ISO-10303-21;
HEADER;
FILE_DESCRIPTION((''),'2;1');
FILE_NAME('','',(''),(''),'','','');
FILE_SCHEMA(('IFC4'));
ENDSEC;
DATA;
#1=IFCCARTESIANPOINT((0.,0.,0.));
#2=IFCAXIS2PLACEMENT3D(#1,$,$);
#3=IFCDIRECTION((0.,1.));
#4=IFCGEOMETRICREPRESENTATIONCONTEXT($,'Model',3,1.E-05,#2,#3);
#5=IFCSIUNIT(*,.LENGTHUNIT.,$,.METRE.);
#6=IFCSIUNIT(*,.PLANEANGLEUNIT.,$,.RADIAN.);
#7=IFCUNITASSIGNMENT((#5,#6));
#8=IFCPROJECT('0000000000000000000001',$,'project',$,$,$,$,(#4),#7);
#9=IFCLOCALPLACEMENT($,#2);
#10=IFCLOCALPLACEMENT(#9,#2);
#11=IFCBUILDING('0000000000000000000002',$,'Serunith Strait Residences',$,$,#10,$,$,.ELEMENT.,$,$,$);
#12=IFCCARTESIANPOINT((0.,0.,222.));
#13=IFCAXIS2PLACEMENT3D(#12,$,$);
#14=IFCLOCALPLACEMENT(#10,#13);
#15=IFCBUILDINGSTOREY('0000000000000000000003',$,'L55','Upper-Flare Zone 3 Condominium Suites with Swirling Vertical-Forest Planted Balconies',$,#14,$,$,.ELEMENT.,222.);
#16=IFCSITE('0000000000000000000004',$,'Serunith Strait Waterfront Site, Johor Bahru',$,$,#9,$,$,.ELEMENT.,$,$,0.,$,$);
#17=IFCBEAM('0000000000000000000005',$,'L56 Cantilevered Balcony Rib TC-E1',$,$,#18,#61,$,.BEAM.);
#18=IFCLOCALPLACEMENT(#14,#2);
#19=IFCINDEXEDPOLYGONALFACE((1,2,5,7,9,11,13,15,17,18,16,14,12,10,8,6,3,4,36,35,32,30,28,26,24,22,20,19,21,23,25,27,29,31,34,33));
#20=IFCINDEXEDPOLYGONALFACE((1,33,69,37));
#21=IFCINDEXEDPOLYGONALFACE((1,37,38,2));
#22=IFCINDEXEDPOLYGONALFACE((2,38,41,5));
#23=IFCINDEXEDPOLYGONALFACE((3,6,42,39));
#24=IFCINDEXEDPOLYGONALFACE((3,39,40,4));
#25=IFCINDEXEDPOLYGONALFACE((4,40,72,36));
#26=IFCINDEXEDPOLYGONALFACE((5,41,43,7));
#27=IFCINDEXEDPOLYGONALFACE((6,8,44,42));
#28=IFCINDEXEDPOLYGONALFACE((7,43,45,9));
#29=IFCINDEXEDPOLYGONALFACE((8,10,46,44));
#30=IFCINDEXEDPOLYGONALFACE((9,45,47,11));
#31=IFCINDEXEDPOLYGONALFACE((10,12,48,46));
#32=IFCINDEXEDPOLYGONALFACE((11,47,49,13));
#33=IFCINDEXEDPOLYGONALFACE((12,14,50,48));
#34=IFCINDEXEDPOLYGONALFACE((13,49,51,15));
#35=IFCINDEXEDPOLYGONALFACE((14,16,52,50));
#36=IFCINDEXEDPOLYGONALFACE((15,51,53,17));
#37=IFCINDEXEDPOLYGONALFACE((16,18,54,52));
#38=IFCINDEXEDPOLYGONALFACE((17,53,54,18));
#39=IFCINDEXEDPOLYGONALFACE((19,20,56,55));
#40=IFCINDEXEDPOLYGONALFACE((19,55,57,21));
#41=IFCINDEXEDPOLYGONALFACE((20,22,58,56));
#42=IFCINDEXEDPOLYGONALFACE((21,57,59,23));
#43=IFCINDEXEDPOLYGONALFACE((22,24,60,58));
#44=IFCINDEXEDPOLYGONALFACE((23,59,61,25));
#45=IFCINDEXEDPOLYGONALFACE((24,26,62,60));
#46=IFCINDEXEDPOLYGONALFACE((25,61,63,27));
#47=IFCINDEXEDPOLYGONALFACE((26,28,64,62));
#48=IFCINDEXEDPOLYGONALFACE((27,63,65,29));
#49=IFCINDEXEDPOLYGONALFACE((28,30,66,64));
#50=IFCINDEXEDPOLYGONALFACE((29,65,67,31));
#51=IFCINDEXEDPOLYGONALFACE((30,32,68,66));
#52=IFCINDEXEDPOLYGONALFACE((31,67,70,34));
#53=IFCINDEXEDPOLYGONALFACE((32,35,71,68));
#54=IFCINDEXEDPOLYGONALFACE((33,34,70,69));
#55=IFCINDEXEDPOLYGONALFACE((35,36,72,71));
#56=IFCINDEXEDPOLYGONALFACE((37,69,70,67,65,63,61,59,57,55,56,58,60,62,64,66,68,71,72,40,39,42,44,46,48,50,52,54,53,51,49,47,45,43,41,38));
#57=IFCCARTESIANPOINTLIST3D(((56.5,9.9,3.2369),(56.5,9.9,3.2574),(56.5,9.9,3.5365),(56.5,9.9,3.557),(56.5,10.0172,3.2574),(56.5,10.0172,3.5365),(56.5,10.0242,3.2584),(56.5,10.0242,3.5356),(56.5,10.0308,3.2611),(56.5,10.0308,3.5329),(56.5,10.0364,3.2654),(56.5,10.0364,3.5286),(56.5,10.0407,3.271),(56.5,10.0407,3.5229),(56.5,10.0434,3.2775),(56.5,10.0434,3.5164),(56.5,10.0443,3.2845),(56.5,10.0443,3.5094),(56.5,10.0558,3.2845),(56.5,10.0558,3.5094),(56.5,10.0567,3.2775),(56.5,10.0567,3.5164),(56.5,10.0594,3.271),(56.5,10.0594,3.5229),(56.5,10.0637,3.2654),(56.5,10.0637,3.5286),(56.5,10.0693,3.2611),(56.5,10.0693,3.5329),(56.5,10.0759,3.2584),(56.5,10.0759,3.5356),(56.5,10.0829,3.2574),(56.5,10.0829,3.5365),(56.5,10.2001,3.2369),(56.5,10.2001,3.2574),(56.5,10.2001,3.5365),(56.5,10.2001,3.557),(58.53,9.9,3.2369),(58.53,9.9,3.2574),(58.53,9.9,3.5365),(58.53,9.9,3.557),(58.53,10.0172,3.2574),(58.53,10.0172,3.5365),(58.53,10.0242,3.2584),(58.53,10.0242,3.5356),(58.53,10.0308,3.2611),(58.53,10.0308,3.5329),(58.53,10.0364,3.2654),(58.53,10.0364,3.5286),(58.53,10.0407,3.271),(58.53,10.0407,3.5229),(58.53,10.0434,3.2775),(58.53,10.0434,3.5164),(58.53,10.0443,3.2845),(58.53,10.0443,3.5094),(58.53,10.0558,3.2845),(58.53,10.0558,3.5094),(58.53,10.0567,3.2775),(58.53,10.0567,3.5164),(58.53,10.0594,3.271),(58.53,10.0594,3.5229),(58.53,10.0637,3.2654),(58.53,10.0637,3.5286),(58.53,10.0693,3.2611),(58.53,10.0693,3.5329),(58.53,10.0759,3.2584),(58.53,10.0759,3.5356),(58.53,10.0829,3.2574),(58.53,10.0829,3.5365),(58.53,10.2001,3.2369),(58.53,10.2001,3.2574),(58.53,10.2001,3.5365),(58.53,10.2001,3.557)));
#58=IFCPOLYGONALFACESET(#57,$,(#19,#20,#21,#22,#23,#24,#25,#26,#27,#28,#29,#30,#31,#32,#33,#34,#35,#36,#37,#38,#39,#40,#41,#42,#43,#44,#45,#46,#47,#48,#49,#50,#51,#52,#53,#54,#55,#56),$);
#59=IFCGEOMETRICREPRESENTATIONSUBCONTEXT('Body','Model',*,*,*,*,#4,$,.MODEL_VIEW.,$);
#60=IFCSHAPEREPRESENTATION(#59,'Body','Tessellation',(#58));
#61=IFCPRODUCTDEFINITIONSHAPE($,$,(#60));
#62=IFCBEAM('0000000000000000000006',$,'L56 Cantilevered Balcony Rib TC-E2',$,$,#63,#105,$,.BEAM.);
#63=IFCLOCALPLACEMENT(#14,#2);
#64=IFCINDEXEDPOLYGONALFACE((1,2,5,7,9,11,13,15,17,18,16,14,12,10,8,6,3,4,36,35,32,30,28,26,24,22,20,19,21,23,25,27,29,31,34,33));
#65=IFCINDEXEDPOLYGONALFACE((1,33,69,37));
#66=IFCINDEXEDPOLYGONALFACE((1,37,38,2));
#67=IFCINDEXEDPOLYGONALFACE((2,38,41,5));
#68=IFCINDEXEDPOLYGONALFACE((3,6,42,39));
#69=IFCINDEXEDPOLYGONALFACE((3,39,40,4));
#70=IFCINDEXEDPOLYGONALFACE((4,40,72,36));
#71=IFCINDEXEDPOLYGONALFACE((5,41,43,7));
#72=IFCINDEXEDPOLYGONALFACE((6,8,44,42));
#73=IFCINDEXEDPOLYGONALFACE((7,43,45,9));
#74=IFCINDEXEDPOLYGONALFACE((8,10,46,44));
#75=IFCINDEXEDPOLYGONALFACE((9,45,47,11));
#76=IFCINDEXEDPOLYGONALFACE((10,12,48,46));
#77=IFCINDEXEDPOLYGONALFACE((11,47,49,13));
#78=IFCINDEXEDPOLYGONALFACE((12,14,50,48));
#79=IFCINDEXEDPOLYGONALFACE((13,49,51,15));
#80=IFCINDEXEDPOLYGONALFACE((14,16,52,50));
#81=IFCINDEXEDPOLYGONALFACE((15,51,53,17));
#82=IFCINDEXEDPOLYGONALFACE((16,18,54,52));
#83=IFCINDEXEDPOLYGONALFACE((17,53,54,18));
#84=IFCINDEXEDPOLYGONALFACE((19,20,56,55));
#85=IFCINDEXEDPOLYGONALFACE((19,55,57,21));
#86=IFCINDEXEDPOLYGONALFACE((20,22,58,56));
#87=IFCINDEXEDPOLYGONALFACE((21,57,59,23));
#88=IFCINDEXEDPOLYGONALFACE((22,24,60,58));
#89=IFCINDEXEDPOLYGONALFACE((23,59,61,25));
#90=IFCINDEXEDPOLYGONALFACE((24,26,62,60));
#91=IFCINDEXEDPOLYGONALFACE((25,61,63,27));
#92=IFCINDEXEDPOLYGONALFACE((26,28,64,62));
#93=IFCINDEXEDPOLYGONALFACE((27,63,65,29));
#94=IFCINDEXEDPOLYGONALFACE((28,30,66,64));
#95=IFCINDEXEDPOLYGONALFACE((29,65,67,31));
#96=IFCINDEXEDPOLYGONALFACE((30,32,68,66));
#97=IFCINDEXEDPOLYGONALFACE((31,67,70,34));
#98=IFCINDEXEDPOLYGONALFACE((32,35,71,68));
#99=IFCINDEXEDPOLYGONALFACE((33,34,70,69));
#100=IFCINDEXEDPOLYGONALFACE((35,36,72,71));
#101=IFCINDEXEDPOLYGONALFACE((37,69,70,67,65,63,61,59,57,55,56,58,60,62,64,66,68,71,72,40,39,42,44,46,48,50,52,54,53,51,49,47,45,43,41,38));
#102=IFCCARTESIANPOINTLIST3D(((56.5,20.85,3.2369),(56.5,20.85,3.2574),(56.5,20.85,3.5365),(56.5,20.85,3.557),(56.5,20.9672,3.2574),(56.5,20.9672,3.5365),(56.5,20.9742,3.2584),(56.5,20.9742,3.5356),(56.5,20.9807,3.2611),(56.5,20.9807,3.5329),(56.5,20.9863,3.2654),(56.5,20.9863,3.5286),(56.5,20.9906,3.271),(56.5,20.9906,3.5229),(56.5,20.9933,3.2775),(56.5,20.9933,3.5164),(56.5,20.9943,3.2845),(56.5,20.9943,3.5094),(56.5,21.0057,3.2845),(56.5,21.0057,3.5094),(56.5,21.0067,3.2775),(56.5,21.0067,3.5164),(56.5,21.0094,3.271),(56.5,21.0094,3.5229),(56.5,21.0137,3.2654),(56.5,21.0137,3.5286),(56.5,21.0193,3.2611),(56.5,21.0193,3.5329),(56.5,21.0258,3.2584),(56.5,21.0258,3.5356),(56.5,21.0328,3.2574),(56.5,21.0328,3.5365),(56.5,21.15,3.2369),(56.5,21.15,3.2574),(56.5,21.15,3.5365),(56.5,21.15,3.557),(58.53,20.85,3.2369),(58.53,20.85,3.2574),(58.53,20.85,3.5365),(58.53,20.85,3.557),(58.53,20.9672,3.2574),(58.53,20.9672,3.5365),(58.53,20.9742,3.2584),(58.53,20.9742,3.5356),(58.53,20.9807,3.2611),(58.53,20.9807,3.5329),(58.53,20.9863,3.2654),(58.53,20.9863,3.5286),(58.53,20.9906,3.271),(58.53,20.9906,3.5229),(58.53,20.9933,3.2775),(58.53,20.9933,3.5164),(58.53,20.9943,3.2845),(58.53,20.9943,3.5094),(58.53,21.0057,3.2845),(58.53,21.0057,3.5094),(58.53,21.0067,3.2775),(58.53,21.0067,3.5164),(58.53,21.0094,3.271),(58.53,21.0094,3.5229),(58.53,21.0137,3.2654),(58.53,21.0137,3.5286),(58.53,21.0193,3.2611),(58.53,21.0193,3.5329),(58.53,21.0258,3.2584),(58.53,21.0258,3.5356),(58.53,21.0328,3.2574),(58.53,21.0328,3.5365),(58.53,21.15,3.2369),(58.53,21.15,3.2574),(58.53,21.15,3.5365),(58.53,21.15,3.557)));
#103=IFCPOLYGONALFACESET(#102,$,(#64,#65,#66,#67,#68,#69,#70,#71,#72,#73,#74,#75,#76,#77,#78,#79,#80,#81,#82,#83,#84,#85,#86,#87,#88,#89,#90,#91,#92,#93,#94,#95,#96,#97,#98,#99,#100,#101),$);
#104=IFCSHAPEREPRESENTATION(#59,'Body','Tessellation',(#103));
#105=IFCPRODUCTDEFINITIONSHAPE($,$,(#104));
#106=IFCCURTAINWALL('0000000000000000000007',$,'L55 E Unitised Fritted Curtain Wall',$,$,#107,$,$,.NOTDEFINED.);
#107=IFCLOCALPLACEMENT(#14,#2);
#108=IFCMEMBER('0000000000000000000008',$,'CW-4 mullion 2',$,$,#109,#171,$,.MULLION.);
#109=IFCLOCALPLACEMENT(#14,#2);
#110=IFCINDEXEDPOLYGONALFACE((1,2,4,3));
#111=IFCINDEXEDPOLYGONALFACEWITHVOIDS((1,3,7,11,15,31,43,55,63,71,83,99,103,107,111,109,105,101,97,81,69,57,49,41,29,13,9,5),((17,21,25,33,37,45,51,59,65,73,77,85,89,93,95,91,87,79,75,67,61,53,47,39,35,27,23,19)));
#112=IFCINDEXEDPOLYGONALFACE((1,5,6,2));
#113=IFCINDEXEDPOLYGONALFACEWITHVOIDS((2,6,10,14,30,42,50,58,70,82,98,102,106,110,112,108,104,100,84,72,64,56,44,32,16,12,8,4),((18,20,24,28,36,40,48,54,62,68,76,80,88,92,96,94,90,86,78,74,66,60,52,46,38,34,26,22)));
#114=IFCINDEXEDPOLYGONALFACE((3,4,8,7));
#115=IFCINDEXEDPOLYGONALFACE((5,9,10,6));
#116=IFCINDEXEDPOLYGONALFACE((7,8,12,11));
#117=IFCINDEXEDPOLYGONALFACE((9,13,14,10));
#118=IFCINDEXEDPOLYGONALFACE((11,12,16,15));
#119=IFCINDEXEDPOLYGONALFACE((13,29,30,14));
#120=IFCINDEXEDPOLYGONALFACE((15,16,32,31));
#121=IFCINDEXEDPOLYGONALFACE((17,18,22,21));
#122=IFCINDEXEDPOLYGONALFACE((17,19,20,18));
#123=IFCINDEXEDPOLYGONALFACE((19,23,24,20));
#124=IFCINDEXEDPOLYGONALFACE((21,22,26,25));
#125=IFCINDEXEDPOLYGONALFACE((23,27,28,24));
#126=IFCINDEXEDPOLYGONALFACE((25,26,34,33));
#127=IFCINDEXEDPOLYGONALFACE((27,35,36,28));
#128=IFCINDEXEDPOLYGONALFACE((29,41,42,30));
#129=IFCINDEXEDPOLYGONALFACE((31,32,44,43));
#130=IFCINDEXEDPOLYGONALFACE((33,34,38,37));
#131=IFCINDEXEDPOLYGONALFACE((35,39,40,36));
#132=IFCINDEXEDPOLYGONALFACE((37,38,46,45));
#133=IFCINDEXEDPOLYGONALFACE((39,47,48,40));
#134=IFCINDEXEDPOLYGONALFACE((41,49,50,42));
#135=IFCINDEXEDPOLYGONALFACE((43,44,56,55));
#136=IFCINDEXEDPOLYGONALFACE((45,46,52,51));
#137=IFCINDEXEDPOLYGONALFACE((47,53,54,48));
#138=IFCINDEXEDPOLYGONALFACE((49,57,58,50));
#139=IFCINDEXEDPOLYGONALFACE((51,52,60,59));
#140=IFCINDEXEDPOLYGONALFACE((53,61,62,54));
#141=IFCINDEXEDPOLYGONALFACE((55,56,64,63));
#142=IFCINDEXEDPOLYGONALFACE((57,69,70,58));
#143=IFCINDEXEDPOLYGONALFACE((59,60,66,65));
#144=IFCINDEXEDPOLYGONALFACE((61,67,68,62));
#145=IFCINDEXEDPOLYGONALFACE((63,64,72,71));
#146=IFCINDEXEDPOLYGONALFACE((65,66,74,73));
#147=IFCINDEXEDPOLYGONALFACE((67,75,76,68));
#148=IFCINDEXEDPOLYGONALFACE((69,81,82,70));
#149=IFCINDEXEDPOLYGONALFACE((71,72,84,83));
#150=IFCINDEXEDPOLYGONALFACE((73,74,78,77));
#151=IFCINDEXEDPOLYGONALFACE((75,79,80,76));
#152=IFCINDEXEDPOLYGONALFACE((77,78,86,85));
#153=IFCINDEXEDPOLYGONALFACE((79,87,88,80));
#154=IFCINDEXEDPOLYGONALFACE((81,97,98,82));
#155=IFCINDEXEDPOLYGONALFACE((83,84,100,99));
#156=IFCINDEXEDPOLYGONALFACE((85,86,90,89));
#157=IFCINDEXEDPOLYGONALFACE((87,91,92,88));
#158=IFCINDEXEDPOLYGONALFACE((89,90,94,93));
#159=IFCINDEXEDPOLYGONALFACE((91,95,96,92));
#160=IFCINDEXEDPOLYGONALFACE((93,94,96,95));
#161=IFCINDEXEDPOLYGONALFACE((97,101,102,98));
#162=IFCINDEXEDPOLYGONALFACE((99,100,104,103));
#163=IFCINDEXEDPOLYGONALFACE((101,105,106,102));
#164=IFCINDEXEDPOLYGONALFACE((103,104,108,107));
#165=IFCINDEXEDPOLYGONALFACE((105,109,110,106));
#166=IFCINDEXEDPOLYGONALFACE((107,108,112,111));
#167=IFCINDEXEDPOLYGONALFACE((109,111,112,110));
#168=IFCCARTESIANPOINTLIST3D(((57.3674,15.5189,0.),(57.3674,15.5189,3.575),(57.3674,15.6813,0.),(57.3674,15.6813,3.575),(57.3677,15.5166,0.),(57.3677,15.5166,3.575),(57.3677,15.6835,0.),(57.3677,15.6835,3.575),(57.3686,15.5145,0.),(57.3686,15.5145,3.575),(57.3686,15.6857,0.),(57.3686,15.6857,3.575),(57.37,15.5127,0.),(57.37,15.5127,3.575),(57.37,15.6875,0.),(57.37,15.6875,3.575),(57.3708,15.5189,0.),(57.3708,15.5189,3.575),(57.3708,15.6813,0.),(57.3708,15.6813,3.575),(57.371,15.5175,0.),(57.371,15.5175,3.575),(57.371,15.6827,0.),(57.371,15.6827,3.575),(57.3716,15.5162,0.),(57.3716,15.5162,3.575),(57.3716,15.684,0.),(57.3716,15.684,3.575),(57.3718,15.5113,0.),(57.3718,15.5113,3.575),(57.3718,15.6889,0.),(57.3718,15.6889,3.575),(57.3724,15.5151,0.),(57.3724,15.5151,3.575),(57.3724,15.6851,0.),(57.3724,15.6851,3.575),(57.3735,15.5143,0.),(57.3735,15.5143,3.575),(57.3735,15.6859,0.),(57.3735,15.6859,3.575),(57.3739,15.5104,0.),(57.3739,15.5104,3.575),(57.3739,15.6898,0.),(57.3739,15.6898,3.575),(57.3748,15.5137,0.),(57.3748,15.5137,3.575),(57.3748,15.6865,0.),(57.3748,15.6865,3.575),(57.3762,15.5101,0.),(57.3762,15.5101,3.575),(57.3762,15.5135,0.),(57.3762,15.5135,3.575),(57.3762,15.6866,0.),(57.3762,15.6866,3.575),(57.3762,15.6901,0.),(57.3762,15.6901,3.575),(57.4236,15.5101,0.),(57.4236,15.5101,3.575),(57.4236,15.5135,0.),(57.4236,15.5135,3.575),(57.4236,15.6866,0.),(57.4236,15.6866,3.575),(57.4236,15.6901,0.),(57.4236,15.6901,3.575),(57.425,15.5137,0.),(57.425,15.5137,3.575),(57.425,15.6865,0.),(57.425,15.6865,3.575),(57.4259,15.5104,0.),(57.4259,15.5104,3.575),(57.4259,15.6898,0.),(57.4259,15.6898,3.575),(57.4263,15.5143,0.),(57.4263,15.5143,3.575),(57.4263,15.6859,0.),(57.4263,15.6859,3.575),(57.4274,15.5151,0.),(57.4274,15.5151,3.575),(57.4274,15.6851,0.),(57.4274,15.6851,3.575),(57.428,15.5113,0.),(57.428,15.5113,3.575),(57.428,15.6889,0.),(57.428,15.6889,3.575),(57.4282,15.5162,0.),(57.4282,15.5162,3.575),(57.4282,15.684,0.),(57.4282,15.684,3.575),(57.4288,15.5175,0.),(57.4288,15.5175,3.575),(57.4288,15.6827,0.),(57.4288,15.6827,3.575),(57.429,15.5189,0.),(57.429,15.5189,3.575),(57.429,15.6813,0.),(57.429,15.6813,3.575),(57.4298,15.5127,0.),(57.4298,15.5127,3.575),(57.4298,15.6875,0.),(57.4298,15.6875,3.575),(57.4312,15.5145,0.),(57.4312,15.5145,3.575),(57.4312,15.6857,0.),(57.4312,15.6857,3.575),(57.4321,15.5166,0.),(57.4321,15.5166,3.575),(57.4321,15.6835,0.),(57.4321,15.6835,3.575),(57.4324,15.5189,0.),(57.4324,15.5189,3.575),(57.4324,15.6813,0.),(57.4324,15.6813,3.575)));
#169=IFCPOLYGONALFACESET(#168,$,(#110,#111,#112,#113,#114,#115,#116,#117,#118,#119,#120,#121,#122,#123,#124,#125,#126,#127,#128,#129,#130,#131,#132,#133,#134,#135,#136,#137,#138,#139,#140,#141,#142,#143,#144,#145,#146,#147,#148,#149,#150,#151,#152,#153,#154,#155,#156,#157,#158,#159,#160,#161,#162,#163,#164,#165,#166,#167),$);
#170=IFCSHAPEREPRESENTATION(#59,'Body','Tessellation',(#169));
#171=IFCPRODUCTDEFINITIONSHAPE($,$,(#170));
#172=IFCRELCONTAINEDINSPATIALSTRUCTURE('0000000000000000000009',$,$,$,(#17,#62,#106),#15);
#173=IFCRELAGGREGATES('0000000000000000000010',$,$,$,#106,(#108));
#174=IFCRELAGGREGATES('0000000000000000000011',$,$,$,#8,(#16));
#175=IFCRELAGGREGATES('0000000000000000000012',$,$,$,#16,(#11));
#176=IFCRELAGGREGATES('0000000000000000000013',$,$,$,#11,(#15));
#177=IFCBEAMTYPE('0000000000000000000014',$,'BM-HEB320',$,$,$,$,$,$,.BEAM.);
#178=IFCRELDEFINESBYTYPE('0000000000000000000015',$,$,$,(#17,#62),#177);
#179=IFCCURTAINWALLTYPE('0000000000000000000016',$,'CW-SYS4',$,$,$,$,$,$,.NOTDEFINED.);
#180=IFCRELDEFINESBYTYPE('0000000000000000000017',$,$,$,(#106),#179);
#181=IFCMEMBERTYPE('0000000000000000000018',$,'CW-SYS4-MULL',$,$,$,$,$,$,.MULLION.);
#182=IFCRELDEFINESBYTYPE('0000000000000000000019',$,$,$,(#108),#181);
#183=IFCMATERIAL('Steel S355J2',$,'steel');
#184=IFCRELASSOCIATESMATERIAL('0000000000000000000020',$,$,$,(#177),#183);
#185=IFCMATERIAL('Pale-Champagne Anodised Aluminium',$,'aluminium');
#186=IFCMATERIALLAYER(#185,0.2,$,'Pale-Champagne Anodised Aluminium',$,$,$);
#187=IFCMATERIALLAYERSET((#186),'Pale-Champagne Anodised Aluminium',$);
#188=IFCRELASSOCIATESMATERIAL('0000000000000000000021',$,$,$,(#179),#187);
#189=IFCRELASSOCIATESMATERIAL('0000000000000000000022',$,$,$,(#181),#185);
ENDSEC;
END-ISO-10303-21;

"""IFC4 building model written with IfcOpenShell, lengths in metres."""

from ifc_helpers import new_model, si_unit, direction, frame, origin, origin_2d, place, context, subcontext, project, spatial, hollow_rectangle, i_section, extrude, source, transform, mapped, material, layer, layer_set, material_profile, profile_set, type_object, element, aggregate, save


model = new_model("IFC4")

# Units and contexts
model_context = context("Model", 3, precision=1e-05, world=origin(), true_north=direction((0.0, 1.0)))
body_context = subcontext(model_context, "Body", "Model", "MODEL_VIEW")
ifc_project = project(units=[si_unit("LENGTHUNIT", "METRE"), si_unit("PLANEANGLEUNIT", "RADIAN")], contexts=[model_context])

# Site, building, storey
site_placement = place(None, origin())
site = spatial("IfcSite", under=ifc_project, at=site_placement, Name="Serunith Strait Waterfront Site, Johor Bahru", CompositionType="ELEMENT", RefElevation=0.0)
building_placement = place(site_placement, origin())
building = spatial("IfcBuilding", under=site, at=building_placement, Name="Serunith Strait Residences", CompositionType="ELEMENT")
storey_placement = place(building_placement, frame((0.0, 0.0, 222.0)))
storey = spatial("IfcBuildingStorey", under=building, at=storey_placement, Name="L55", Description="Upper-Flare Zone 3 Condominium Suites with Swirling Vertical-Forest Planted Balconies", CompositionType="ELEMENT", Elevation=222.0)

# Beams
ifc_material_1 = material(Name="Steel S355J2", Category="steel")
ifc_material_profile_1 = material_profile(ifc_material_1, i_section(OverallWidth=0.3, OverallDepth=0.3201, WebThickness=0.0115, FlangeThickness=0.0205, FilletRadius=0.0271, at=origin_2d()), Name="HEB 320")
ifc_profile_set_1 = profile_set([ifc_material_profile_1], Name="Steel S355J2")
beam_type_1 = type_object("IfcBeamType", Name="BM-HEB320", PredefinedType="BEAM", material=ifc_profile_set_1)
shared_shape_1 = source(origin(), body_context, "Body", "SweptSolid", [
    extrude(i_section(OverallWidth=0.3, OverallDepth=0.3201, WebThickness=0.0115, FlangeThickness=0.0205, FilletRadius=0.0271, at=origin_2d()), origin(), (0.0, 0.0, 1.0), 2.03),
])
for number, where, z_axis, x_axis, name in (
    (1, (56.5, 10.05, 3.397), (1.0, 0.0, 0.0), (0.0, 1.0, 0.0), "L56 Cantilevered Balcony Rib TC-E1"),
    (2, (56.5, 21.0, 3.397), (1.0, 0.0, 0.0), (0.0, 1.0, 0.0), "L56 Cantilevered Balcony Rib TC-E2"),
):
    element("IfcBeam", number, at=place(storey_placement, frame(where, z_axis=z_axis, x_axis=x_axis)), inside=storey, type_object=beam_type_1, Name=name, PredefinedType="BEAM", context=body_context, shape_type="MappedRepresentation", body=[
        mapped(shared_shape_1, transform((0.0, 0.0, 0.0), scale=1.0)),
    ])

# Curtain wall, member
ifc_material_2 = material(Name="Pale-Champagne Anodised Aluminium", Category="aluminium")
ifc_layer_1 = layer(ifc_material_2, 0.2, Name="Pale-Champagne Anodised Aluminium")
ifc_layer_set_1 = layer_set([ifc_layer_1], Name="Pale-Champagne Anodised Aluminium")
curtain_wall_type = type_object("IfcCurtainWallType", Name="CW-SYS4", PredefinedType="NOTDEFINED", material=ifc_layer_set_1)
curtain_wall_placement = place(storey_placement, origin())
curtain_wall = element("IfcCurtainWall", 3, at=curtain_wall_placement, inside=storey, type_object=curtain_wall_type, Name="L55 E Unitised Fritted Curtain Wall", PredefinedType="NOTDEFINED")
ifc_material_profile_2 = material_profile(ifc_material_2, hollow_rectangle(XDim=0.0649, YDim=0.1799, WallThickness=0.0034, InnerFilletRadius=0.0054, OuterFilletRadius=0.0088, at=origin_2d()), Name="ALU 180x65x3.5")
ifc_profile_set_2 = profile_set([ifc_material_profile_2], Name="Pale-Champagne Anodised Aluminium")
member_type_1 = type_object("IfcMemberType", Name="CW-SYS4-MULL", PredefinedType="MULLION", material=ifc_profile_set_2)
shared_shape_2 = source(origin(), body_context, "Body", "SweptSolid", [
    extrude(hollow_rectangle(XDim=0.0649, YDim=0.1799, WallThickness=0.0034, InnerFilletRadius=0.0054, OuterFilletRadius=0.0088, at=origin_2d()), origin(), (0.0, 0.0, 1.0), 3.575),
])
member_1_placement = place(storey_placement, frame((57.3999, 15.6001, 0.0), z_axis=(0.0, 0.0, 1.0), x_axis=(-1.0, 0.0, 0.0)))
member_1 = element("IfcMember", 4, at=member_1_placement, type_object=member_type_1, Name="CW-4 mullion 2", PredefinedType="MULLION", context=body_context, shape_type="MappedRepresentation", body=[
    mapped(shared_shape_2, transform((0.0, 0.0, 0.0), scale=1.0)),
])
aggregate(curtain_wall, [member_1])

save(model, "model.ifc")
